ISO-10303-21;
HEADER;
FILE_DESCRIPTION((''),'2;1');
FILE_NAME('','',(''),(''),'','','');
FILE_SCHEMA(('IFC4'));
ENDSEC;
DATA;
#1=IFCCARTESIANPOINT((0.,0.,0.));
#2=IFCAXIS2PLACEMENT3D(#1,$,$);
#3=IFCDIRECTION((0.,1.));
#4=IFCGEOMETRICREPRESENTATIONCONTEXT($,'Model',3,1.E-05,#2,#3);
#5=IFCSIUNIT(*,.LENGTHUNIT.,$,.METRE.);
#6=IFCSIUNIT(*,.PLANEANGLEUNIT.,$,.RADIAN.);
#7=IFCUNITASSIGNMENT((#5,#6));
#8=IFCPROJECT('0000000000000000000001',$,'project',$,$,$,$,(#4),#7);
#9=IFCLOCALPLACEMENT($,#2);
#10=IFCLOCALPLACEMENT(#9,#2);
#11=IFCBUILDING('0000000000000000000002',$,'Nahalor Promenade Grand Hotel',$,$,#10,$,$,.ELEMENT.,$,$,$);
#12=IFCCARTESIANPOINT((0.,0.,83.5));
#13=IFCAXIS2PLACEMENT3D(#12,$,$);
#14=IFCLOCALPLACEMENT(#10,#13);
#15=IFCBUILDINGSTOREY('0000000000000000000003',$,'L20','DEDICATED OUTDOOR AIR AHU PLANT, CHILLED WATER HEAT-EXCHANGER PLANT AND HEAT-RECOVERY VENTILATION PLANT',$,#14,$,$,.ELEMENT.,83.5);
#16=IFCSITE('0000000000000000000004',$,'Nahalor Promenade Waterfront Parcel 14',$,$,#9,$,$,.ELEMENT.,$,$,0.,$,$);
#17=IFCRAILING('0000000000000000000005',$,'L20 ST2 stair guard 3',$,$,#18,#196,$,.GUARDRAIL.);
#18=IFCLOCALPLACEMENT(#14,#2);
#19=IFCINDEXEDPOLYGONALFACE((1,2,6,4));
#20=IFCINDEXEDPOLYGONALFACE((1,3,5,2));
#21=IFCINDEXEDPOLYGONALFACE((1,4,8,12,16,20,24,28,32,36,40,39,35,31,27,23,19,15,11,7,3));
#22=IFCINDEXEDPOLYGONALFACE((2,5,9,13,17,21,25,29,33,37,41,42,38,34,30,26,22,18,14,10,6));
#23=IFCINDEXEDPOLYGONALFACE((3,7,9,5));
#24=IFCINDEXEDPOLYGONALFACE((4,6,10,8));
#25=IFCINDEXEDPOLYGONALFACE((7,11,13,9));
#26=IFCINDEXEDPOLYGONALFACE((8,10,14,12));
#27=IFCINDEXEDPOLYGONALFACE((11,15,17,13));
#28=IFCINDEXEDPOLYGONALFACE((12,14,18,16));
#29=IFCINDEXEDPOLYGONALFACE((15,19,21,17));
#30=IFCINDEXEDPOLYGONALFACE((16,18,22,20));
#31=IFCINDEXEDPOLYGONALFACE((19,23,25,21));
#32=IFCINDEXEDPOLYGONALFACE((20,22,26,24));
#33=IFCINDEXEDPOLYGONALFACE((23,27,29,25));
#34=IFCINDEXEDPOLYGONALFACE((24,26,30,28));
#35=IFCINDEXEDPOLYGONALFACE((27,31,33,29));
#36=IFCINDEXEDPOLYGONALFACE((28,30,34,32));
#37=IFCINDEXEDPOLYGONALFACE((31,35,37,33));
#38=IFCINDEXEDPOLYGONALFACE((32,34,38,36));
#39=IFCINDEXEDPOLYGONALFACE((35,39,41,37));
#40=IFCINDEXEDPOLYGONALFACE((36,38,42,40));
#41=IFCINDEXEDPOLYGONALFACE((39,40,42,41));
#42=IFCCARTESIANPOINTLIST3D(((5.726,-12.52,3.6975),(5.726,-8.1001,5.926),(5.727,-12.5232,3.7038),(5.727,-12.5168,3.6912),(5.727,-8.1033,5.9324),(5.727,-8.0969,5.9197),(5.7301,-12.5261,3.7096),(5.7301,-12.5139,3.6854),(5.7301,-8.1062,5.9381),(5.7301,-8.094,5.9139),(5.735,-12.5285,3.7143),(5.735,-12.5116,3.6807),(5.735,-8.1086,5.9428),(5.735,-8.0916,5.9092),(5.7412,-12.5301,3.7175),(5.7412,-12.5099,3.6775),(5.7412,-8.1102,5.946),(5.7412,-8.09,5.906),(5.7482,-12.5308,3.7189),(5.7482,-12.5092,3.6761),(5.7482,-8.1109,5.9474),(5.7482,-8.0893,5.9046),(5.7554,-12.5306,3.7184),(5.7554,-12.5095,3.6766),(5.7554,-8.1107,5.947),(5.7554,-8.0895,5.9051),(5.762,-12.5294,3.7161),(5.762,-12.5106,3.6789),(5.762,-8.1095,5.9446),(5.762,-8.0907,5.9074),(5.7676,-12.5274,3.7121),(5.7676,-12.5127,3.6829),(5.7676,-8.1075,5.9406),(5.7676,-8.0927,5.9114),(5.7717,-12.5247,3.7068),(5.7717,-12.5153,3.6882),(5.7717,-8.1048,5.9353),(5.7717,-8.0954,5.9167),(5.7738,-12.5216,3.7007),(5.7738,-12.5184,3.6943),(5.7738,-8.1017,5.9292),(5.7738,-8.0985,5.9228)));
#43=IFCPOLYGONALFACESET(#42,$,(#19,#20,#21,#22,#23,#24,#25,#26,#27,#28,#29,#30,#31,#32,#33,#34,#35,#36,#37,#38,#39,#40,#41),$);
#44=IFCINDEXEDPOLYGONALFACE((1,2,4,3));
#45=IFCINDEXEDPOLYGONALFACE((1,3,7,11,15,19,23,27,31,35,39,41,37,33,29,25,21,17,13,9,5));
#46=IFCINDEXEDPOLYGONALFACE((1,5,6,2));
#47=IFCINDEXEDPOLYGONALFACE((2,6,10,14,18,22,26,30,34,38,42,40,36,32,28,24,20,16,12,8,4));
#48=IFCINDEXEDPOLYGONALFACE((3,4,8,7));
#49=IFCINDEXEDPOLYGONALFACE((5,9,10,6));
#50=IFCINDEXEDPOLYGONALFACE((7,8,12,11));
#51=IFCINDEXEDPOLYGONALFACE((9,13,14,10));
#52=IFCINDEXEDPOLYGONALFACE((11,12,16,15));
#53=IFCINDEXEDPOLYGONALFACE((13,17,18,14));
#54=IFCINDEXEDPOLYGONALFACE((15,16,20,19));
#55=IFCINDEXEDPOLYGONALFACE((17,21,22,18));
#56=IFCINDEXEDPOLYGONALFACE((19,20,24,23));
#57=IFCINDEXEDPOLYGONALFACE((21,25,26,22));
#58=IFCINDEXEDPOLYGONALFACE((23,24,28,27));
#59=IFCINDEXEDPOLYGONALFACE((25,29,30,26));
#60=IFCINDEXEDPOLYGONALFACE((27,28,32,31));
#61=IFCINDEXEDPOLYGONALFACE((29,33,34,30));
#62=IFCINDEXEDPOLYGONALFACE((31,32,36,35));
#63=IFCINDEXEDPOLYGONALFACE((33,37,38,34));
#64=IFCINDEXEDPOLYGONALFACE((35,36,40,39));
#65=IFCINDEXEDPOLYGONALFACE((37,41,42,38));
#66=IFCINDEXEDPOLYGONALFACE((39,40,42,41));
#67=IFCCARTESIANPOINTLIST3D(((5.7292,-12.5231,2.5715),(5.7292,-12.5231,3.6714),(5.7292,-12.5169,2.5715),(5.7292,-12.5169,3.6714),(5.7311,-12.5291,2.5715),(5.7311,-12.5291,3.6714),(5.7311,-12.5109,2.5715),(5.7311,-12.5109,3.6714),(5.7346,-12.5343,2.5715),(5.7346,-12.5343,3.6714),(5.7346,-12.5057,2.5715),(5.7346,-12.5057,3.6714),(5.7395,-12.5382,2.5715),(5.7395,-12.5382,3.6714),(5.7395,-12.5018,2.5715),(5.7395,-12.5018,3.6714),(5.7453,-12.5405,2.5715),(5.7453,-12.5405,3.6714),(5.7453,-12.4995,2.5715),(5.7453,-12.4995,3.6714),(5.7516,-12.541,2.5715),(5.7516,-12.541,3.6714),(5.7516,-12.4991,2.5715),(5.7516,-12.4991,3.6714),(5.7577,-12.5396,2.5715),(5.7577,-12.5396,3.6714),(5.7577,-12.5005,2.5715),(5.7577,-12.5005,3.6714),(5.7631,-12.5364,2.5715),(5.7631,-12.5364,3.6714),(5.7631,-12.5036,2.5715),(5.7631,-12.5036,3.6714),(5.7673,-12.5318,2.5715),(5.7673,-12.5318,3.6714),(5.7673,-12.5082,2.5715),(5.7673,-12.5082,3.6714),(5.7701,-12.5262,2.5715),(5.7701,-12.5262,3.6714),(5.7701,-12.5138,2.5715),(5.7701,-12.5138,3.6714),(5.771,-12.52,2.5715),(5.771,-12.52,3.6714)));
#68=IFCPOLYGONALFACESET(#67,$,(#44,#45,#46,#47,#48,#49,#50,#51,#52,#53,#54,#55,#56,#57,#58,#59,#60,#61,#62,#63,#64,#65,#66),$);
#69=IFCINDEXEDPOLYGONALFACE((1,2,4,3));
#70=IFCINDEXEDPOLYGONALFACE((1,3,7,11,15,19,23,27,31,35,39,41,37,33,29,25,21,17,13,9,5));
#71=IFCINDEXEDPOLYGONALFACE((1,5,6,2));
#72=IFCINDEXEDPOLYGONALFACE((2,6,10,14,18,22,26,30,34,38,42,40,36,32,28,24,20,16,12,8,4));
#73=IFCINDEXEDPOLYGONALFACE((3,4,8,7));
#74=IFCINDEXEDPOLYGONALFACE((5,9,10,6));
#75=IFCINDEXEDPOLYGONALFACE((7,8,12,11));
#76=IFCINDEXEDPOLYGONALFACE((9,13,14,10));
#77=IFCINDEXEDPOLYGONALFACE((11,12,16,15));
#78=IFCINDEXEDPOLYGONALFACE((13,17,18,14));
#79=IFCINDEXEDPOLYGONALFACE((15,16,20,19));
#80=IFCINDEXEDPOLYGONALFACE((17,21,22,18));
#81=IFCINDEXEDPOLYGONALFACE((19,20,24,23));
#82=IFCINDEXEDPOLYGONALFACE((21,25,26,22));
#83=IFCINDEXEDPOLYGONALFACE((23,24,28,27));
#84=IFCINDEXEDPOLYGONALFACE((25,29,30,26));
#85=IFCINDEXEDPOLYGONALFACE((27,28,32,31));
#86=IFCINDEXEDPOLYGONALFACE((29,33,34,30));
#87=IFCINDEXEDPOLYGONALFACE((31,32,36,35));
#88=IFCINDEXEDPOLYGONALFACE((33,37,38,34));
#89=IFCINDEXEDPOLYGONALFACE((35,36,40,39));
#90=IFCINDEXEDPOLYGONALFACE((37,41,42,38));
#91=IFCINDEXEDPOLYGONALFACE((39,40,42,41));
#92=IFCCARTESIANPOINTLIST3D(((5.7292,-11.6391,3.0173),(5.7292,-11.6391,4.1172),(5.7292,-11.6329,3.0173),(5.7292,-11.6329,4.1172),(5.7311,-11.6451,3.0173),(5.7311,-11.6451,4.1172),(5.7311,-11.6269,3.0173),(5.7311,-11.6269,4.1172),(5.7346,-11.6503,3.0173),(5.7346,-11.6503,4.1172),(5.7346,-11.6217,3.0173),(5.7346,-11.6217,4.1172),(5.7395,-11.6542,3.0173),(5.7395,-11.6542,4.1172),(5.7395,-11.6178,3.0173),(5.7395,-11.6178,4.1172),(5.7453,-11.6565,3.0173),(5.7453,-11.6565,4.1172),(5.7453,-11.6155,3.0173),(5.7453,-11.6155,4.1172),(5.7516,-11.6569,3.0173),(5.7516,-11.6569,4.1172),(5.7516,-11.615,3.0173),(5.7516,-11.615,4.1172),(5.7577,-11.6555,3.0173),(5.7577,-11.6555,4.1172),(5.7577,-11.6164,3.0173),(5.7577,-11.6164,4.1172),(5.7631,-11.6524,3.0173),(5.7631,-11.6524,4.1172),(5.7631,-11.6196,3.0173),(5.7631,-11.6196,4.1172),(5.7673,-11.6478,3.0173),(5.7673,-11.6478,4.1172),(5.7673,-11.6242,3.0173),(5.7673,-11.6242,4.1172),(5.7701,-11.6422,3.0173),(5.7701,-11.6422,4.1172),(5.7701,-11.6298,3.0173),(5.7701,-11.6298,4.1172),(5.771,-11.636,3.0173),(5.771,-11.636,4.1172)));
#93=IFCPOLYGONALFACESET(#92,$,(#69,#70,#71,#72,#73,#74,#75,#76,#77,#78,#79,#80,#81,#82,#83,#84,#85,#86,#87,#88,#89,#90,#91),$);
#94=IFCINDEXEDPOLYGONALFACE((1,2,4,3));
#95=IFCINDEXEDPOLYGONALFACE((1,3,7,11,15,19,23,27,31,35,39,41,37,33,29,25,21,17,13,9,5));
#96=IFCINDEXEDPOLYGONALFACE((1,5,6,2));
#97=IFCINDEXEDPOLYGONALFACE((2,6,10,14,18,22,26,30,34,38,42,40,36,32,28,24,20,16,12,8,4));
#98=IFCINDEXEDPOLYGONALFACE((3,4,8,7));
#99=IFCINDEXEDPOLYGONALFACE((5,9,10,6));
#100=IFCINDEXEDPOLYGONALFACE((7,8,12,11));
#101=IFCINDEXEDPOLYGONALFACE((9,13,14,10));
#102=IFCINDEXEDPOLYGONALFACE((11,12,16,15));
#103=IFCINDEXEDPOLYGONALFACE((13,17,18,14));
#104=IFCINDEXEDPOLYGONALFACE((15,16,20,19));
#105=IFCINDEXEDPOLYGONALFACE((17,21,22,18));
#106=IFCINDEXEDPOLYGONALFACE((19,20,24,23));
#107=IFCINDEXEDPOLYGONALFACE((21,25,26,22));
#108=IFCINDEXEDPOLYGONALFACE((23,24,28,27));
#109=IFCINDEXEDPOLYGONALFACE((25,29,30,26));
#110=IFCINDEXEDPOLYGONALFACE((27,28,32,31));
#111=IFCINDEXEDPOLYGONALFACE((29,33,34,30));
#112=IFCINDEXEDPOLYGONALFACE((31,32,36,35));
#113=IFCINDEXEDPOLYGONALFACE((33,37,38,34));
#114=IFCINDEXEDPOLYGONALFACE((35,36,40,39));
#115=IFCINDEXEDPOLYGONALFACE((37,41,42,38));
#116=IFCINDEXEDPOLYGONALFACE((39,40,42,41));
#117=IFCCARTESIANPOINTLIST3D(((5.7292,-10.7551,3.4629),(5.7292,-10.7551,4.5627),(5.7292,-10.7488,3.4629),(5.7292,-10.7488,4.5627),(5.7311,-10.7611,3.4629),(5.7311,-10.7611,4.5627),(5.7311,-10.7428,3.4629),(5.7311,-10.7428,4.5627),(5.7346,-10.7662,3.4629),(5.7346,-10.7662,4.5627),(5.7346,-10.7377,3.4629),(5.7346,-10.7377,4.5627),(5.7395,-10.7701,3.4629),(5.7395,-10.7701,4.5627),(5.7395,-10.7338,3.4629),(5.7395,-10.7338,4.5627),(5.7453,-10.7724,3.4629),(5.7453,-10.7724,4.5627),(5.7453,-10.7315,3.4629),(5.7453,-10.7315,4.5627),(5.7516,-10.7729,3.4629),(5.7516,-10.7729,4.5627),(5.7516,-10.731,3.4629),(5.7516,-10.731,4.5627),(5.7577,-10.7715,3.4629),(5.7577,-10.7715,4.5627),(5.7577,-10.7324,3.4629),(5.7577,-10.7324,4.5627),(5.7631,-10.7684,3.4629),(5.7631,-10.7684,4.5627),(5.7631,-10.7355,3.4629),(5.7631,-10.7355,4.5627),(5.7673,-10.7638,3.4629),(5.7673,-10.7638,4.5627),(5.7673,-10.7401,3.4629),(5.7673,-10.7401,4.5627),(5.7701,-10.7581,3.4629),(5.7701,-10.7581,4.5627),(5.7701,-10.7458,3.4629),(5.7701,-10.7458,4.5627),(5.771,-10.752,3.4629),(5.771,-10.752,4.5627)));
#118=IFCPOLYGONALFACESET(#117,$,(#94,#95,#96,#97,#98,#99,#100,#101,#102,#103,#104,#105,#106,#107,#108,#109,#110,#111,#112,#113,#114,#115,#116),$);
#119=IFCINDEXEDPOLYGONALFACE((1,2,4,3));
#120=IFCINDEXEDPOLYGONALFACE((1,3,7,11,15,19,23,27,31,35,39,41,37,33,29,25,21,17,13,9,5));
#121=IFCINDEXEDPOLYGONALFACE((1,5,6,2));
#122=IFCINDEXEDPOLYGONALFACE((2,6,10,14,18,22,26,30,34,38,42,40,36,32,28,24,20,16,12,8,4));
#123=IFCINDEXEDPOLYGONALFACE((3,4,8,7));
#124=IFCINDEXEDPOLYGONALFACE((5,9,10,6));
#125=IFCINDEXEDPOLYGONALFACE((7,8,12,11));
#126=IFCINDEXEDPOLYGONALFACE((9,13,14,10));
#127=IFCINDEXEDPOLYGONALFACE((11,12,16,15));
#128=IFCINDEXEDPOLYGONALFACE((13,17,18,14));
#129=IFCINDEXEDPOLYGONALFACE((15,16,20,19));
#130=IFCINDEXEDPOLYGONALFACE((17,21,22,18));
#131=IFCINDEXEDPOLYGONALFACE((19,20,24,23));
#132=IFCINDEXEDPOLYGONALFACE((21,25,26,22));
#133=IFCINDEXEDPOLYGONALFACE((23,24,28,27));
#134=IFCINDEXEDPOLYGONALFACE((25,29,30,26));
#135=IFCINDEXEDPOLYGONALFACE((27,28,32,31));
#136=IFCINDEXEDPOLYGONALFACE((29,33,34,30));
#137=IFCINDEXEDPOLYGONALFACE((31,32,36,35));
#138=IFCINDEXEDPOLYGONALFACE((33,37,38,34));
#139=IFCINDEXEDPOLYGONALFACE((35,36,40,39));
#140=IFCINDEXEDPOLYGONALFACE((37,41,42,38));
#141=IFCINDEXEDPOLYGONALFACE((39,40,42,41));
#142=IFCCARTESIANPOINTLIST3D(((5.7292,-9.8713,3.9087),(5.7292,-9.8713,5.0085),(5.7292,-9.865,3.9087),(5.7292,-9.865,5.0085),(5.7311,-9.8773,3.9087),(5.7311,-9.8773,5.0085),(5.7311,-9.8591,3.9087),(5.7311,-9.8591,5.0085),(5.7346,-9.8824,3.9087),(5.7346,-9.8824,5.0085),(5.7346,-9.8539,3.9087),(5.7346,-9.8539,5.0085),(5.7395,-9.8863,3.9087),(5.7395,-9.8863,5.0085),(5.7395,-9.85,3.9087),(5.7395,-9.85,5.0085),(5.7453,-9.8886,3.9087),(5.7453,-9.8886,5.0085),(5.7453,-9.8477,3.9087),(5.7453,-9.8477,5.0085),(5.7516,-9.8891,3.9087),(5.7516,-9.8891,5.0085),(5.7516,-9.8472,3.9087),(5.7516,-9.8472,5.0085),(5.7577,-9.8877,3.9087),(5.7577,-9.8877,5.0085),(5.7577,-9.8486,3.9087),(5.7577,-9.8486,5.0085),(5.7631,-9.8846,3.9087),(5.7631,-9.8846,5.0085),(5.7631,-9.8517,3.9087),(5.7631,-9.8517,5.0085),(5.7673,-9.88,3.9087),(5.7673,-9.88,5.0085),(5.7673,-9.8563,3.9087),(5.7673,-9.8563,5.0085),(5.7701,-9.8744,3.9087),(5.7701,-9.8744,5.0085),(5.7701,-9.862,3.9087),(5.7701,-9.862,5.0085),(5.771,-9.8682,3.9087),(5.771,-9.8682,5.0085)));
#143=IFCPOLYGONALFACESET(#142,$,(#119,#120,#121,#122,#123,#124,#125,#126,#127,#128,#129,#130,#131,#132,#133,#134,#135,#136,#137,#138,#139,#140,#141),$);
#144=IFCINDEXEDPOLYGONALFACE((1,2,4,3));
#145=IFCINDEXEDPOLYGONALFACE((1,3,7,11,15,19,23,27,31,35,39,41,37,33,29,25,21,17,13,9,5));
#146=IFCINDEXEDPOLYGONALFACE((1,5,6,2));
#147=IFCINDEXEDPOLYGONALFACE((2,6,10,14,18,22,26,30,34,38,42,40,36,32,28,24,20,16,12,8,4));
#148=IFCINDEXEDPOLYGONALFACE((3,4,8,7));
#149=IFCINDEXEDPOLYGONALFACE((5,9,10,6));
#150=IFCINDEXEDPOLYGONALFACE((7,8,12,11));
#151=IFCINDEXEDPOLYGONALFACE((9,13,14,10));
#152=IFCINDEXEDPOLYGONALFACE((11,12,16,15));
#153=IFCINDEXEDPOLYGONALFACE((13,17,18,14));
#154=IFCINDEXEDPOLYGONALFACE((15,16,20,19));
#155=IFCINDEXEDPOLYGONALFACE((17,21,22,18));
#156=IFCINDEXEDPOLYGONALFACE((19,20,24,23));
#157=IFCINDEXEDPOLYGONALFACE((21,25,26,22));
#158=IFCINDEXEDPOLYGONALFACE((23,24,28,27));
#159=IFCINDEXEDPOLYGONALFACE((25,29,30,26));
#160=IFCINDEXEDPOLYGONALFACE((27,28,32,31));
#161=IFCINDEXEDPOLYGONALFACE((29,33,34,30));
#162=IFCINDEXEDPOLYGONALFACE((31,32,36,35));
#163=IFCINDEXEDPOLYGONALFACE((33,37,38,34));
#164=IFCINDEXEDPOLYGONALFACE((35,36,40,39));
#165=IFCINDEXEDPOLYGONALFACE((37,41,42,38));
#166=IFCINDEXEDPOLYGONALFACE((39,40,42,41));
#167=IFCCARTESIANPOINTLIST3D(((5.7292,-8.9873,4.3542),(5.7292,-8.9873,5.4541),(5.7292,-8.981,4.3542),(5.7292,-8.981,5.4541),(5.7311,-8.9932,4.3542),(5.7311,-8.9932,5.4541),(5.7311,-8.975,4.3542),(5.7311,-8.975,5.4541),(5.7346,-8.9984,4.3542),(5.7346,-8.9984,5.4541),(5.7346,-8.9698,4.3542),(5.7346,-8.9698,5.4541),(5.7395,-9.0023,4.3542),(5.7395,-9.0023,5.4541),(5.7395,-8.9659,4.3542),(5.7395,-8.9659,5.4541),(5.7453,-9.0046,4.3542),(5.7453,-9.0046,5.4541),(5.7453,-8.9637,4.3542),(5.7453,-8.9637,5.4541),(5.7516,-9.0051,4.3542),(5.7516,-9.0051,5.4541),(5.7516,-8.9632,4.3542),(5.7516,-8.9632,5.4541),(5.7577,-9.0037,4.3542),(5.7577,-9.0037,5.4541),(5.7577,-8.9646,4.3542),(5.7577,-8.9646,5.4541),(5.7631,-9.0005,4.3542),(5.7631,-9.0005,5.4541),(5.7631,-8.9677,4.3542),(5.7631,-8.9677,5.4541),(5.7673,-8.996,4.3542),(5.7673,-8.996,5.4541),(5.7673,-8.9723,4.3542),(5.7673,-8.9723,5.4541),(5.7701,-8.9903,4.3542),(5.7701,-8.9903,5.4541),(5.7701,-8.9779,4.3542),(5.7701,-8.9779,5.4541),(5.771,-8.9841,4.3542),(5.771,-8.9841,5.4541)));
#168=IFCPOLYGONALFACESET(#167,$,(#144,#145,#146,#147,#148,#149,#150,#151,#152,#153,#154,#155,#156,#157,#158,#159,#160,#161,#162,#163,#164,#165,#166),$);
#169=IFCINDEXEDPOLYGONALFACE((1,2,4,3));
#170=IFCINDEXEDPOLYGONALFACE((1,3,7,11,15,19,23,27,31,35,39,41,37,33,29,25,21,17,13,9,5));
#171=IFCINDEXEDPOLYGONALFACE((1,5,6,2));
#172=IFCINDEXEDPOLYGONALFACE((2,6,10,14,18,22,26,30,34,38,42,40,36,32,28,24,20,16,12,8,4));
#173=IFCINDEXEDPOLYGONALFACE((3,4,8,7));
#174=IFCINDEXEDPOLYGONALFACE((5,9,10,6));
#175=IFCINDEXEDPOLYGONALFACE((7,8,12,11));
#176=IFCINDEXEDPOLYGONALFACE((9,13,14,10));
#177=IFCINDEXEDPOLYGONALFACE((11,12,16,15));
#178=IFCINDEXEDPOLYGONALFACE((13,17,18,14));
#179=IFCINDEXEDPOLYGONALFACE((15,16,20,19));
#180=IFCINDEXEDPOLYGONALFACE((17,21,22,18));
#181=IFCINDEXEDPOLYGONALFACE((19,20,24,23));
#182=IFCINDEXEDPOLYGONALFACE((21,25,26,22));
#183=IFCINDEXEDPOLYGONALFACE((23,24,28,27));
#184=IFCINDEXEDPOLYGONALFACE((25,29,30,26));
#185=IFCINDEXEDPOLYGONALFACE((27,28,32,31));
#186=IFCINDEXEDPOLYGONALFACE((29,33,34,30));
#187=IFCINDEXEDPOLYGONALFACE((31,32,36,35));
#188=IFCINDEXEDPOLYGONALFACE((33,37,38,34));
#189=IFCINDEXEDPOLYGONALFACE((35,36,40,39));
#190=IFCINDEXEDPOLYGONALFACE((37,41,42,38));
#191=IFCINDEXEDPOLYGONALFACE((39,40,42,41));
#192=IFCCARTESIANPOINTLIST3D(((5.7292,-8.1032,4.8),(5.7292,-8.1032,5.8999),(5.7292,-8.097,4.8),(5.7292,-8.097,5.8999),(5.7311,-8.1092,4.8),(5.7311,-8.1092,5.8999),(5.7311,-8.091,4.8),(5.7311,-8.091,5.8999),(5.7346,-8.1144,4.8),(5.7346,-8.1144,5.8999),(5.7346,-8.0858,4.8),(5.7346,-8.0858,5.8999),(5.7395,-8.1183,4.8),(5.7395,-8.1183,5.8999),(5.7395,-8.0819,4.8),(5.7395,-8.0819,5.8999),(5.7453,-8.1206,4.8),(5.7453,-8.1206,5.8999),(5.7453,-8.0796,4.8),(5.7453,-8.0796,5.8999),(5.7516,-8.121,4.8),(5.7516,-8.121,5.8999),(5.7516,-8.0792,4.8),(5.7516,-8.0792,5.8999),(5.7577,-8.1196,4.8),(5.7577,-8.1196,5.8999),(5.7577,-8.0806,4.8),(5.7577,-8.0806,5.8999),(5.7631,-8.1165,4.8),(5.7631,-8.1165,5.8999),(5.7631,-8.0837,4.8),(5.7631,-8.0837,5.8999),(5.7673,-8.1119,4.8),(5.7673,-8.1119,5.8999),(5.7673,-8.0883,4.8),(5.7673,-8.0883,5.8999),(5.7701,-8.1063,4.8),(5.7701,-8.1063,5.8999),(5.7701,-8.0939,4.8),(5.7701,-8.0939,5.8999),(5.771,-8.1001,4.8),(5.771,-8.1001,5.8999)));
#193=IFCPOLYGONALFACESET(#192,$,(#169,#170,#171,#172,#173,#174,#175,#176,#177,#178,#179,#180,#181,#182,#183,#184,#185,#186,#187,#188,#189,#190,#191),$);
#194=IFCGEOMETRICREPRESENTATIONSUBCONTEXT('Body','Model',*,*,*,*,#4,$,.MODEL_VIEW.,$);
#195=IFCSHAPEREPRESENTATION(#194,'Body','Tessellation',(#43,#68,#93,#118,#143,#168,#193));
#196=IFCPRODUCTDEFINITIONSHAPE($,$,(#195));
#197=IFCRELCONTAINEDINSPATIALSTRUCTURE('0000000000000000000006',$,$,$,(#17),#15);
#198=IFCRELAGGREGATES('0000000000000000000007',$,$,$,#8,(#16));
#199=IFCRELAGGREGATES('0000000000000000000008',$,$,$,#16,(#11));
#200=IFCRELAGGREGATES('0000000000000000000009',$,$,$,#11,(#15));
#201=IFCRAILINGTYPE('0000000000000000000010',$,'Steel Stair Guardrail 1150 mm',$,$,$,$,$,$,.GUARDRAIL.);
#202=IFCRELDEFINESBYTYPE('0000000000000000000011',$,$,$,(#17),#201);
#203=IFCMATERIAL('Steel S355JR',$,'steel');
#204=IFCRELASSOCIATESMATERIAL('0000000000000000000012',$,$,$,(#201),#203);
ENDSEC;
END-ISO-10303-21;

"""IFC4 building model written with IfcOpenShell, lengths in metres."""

from ifc_helpers import new_model, si_unit, direction, frame, origin, origin_2d, place, context, subcontext, project, spatial, circle, extrude, material, type_object, element, save


model = new_model("IFC4")

# Units and contexts
model_context = context("Model", 3, precision=1e-05, world=origin(), true_north=direction((0.0, 1.0)))
body_context = subcontext(model_context, "Body", "Model", "MODEL_VIEW")
ifc_project = project(units=[si_unit("LENGTHUNIT", "METRE"), si_unit("PLANEANGLEUNIT", "RADIAN")], contexts=[model_context])

# Site, building, storey
site_placement = place(None, origin())
site = spatial("IfcSite", under=ifc_project, at=site_placement, Name="Nahalor Promenade Waterfront Parcel 14", CompositionType="ELEMENT", RefElevation=0.0)
building_placement = place(site_placement, origin())
building = spatial("IfcBuilding", under=site, at=building_placement, Name="Nahalor Promenade Grand Hotel", CompositionType="ELEMENT")
storey_placement = place(building_placement, frame((0.0, 0.0, 83.5)))
storey = spatial("IfcBuildingStorey", under=building, at=storey_placement, Name="L20", Description="DEDICATED OUTDOOR AIR AHU PLANT, CHILLED WATER HEAT-EXCHANGER PLANT AND HEAT-RECOVERY VENTILATION PLANT", CompositionType="ELEMENT", Elevation=83.5)

# Shared definitions
ifc_material_1 = material(Name="Steel S355JR", Category="steel")

# Railing
railing_type_1 = type_object("IfcRailingType", Name="Steel Stair Guardrail 1150 mm", PredefinedType="GUARDRAIL", material=ifc_material_1)
railing_1_placement = place(storey_placement, frame((5.75, -12.52, 2.5715)))
element("IfcRailing", 1, at=railing_1_placement, inside=storey, type_object=railing_type_1, Name="L20 ST2 stair guard 3", PredefinedType="GUARDRAIL", context=body_context, shape_type="SweptSolid", body=[
    extrude(circle(Radius=0.024, at=origin_2d()), frame((0.0, 0.0, 1.126), z_axis=(0.0, 0.892923, 0.45021), x_axis=(-1.0, 0.0, 0.0)), (0.0, 0.0, 1.0), 4.95),
    extrude(circle(Radius=0.021, at=origin_2d()), origin(), (0.0, 0.0, 1.0), 1.0999),
    extrude(circle(Radius=0.021, at=origin_2d()), frame((0.0, 0.884, 0.4458)), (0.0, 0.0, 1.0), 1.0999),
    extrude(circle(Radius=0.021, at=origin_2d()), frame((0.0, 1.7681, 0.8914)), (0.0, 0.0, 1.0), 1.0999),
    extrude(circle(Radius=0.021, at=origin_2d()), frame((0.0, 2.6519, 1.3372)), (0.0, 0.0, 1.0), 1.0999),
    extrude(circle(Radius=0.021, at=origin_2d()), frame((0.0, 3.5359, 1.7827)), (0.0, 0.0, 1.0), 1.0999),
    extrude(circle(Radius=0.021, at=origin_2d()), frame((0.0, 4.4199, 2.2285)), (0.0, 0.0, 1.0), 1.0999),
])

save(model, "model.ifc")
